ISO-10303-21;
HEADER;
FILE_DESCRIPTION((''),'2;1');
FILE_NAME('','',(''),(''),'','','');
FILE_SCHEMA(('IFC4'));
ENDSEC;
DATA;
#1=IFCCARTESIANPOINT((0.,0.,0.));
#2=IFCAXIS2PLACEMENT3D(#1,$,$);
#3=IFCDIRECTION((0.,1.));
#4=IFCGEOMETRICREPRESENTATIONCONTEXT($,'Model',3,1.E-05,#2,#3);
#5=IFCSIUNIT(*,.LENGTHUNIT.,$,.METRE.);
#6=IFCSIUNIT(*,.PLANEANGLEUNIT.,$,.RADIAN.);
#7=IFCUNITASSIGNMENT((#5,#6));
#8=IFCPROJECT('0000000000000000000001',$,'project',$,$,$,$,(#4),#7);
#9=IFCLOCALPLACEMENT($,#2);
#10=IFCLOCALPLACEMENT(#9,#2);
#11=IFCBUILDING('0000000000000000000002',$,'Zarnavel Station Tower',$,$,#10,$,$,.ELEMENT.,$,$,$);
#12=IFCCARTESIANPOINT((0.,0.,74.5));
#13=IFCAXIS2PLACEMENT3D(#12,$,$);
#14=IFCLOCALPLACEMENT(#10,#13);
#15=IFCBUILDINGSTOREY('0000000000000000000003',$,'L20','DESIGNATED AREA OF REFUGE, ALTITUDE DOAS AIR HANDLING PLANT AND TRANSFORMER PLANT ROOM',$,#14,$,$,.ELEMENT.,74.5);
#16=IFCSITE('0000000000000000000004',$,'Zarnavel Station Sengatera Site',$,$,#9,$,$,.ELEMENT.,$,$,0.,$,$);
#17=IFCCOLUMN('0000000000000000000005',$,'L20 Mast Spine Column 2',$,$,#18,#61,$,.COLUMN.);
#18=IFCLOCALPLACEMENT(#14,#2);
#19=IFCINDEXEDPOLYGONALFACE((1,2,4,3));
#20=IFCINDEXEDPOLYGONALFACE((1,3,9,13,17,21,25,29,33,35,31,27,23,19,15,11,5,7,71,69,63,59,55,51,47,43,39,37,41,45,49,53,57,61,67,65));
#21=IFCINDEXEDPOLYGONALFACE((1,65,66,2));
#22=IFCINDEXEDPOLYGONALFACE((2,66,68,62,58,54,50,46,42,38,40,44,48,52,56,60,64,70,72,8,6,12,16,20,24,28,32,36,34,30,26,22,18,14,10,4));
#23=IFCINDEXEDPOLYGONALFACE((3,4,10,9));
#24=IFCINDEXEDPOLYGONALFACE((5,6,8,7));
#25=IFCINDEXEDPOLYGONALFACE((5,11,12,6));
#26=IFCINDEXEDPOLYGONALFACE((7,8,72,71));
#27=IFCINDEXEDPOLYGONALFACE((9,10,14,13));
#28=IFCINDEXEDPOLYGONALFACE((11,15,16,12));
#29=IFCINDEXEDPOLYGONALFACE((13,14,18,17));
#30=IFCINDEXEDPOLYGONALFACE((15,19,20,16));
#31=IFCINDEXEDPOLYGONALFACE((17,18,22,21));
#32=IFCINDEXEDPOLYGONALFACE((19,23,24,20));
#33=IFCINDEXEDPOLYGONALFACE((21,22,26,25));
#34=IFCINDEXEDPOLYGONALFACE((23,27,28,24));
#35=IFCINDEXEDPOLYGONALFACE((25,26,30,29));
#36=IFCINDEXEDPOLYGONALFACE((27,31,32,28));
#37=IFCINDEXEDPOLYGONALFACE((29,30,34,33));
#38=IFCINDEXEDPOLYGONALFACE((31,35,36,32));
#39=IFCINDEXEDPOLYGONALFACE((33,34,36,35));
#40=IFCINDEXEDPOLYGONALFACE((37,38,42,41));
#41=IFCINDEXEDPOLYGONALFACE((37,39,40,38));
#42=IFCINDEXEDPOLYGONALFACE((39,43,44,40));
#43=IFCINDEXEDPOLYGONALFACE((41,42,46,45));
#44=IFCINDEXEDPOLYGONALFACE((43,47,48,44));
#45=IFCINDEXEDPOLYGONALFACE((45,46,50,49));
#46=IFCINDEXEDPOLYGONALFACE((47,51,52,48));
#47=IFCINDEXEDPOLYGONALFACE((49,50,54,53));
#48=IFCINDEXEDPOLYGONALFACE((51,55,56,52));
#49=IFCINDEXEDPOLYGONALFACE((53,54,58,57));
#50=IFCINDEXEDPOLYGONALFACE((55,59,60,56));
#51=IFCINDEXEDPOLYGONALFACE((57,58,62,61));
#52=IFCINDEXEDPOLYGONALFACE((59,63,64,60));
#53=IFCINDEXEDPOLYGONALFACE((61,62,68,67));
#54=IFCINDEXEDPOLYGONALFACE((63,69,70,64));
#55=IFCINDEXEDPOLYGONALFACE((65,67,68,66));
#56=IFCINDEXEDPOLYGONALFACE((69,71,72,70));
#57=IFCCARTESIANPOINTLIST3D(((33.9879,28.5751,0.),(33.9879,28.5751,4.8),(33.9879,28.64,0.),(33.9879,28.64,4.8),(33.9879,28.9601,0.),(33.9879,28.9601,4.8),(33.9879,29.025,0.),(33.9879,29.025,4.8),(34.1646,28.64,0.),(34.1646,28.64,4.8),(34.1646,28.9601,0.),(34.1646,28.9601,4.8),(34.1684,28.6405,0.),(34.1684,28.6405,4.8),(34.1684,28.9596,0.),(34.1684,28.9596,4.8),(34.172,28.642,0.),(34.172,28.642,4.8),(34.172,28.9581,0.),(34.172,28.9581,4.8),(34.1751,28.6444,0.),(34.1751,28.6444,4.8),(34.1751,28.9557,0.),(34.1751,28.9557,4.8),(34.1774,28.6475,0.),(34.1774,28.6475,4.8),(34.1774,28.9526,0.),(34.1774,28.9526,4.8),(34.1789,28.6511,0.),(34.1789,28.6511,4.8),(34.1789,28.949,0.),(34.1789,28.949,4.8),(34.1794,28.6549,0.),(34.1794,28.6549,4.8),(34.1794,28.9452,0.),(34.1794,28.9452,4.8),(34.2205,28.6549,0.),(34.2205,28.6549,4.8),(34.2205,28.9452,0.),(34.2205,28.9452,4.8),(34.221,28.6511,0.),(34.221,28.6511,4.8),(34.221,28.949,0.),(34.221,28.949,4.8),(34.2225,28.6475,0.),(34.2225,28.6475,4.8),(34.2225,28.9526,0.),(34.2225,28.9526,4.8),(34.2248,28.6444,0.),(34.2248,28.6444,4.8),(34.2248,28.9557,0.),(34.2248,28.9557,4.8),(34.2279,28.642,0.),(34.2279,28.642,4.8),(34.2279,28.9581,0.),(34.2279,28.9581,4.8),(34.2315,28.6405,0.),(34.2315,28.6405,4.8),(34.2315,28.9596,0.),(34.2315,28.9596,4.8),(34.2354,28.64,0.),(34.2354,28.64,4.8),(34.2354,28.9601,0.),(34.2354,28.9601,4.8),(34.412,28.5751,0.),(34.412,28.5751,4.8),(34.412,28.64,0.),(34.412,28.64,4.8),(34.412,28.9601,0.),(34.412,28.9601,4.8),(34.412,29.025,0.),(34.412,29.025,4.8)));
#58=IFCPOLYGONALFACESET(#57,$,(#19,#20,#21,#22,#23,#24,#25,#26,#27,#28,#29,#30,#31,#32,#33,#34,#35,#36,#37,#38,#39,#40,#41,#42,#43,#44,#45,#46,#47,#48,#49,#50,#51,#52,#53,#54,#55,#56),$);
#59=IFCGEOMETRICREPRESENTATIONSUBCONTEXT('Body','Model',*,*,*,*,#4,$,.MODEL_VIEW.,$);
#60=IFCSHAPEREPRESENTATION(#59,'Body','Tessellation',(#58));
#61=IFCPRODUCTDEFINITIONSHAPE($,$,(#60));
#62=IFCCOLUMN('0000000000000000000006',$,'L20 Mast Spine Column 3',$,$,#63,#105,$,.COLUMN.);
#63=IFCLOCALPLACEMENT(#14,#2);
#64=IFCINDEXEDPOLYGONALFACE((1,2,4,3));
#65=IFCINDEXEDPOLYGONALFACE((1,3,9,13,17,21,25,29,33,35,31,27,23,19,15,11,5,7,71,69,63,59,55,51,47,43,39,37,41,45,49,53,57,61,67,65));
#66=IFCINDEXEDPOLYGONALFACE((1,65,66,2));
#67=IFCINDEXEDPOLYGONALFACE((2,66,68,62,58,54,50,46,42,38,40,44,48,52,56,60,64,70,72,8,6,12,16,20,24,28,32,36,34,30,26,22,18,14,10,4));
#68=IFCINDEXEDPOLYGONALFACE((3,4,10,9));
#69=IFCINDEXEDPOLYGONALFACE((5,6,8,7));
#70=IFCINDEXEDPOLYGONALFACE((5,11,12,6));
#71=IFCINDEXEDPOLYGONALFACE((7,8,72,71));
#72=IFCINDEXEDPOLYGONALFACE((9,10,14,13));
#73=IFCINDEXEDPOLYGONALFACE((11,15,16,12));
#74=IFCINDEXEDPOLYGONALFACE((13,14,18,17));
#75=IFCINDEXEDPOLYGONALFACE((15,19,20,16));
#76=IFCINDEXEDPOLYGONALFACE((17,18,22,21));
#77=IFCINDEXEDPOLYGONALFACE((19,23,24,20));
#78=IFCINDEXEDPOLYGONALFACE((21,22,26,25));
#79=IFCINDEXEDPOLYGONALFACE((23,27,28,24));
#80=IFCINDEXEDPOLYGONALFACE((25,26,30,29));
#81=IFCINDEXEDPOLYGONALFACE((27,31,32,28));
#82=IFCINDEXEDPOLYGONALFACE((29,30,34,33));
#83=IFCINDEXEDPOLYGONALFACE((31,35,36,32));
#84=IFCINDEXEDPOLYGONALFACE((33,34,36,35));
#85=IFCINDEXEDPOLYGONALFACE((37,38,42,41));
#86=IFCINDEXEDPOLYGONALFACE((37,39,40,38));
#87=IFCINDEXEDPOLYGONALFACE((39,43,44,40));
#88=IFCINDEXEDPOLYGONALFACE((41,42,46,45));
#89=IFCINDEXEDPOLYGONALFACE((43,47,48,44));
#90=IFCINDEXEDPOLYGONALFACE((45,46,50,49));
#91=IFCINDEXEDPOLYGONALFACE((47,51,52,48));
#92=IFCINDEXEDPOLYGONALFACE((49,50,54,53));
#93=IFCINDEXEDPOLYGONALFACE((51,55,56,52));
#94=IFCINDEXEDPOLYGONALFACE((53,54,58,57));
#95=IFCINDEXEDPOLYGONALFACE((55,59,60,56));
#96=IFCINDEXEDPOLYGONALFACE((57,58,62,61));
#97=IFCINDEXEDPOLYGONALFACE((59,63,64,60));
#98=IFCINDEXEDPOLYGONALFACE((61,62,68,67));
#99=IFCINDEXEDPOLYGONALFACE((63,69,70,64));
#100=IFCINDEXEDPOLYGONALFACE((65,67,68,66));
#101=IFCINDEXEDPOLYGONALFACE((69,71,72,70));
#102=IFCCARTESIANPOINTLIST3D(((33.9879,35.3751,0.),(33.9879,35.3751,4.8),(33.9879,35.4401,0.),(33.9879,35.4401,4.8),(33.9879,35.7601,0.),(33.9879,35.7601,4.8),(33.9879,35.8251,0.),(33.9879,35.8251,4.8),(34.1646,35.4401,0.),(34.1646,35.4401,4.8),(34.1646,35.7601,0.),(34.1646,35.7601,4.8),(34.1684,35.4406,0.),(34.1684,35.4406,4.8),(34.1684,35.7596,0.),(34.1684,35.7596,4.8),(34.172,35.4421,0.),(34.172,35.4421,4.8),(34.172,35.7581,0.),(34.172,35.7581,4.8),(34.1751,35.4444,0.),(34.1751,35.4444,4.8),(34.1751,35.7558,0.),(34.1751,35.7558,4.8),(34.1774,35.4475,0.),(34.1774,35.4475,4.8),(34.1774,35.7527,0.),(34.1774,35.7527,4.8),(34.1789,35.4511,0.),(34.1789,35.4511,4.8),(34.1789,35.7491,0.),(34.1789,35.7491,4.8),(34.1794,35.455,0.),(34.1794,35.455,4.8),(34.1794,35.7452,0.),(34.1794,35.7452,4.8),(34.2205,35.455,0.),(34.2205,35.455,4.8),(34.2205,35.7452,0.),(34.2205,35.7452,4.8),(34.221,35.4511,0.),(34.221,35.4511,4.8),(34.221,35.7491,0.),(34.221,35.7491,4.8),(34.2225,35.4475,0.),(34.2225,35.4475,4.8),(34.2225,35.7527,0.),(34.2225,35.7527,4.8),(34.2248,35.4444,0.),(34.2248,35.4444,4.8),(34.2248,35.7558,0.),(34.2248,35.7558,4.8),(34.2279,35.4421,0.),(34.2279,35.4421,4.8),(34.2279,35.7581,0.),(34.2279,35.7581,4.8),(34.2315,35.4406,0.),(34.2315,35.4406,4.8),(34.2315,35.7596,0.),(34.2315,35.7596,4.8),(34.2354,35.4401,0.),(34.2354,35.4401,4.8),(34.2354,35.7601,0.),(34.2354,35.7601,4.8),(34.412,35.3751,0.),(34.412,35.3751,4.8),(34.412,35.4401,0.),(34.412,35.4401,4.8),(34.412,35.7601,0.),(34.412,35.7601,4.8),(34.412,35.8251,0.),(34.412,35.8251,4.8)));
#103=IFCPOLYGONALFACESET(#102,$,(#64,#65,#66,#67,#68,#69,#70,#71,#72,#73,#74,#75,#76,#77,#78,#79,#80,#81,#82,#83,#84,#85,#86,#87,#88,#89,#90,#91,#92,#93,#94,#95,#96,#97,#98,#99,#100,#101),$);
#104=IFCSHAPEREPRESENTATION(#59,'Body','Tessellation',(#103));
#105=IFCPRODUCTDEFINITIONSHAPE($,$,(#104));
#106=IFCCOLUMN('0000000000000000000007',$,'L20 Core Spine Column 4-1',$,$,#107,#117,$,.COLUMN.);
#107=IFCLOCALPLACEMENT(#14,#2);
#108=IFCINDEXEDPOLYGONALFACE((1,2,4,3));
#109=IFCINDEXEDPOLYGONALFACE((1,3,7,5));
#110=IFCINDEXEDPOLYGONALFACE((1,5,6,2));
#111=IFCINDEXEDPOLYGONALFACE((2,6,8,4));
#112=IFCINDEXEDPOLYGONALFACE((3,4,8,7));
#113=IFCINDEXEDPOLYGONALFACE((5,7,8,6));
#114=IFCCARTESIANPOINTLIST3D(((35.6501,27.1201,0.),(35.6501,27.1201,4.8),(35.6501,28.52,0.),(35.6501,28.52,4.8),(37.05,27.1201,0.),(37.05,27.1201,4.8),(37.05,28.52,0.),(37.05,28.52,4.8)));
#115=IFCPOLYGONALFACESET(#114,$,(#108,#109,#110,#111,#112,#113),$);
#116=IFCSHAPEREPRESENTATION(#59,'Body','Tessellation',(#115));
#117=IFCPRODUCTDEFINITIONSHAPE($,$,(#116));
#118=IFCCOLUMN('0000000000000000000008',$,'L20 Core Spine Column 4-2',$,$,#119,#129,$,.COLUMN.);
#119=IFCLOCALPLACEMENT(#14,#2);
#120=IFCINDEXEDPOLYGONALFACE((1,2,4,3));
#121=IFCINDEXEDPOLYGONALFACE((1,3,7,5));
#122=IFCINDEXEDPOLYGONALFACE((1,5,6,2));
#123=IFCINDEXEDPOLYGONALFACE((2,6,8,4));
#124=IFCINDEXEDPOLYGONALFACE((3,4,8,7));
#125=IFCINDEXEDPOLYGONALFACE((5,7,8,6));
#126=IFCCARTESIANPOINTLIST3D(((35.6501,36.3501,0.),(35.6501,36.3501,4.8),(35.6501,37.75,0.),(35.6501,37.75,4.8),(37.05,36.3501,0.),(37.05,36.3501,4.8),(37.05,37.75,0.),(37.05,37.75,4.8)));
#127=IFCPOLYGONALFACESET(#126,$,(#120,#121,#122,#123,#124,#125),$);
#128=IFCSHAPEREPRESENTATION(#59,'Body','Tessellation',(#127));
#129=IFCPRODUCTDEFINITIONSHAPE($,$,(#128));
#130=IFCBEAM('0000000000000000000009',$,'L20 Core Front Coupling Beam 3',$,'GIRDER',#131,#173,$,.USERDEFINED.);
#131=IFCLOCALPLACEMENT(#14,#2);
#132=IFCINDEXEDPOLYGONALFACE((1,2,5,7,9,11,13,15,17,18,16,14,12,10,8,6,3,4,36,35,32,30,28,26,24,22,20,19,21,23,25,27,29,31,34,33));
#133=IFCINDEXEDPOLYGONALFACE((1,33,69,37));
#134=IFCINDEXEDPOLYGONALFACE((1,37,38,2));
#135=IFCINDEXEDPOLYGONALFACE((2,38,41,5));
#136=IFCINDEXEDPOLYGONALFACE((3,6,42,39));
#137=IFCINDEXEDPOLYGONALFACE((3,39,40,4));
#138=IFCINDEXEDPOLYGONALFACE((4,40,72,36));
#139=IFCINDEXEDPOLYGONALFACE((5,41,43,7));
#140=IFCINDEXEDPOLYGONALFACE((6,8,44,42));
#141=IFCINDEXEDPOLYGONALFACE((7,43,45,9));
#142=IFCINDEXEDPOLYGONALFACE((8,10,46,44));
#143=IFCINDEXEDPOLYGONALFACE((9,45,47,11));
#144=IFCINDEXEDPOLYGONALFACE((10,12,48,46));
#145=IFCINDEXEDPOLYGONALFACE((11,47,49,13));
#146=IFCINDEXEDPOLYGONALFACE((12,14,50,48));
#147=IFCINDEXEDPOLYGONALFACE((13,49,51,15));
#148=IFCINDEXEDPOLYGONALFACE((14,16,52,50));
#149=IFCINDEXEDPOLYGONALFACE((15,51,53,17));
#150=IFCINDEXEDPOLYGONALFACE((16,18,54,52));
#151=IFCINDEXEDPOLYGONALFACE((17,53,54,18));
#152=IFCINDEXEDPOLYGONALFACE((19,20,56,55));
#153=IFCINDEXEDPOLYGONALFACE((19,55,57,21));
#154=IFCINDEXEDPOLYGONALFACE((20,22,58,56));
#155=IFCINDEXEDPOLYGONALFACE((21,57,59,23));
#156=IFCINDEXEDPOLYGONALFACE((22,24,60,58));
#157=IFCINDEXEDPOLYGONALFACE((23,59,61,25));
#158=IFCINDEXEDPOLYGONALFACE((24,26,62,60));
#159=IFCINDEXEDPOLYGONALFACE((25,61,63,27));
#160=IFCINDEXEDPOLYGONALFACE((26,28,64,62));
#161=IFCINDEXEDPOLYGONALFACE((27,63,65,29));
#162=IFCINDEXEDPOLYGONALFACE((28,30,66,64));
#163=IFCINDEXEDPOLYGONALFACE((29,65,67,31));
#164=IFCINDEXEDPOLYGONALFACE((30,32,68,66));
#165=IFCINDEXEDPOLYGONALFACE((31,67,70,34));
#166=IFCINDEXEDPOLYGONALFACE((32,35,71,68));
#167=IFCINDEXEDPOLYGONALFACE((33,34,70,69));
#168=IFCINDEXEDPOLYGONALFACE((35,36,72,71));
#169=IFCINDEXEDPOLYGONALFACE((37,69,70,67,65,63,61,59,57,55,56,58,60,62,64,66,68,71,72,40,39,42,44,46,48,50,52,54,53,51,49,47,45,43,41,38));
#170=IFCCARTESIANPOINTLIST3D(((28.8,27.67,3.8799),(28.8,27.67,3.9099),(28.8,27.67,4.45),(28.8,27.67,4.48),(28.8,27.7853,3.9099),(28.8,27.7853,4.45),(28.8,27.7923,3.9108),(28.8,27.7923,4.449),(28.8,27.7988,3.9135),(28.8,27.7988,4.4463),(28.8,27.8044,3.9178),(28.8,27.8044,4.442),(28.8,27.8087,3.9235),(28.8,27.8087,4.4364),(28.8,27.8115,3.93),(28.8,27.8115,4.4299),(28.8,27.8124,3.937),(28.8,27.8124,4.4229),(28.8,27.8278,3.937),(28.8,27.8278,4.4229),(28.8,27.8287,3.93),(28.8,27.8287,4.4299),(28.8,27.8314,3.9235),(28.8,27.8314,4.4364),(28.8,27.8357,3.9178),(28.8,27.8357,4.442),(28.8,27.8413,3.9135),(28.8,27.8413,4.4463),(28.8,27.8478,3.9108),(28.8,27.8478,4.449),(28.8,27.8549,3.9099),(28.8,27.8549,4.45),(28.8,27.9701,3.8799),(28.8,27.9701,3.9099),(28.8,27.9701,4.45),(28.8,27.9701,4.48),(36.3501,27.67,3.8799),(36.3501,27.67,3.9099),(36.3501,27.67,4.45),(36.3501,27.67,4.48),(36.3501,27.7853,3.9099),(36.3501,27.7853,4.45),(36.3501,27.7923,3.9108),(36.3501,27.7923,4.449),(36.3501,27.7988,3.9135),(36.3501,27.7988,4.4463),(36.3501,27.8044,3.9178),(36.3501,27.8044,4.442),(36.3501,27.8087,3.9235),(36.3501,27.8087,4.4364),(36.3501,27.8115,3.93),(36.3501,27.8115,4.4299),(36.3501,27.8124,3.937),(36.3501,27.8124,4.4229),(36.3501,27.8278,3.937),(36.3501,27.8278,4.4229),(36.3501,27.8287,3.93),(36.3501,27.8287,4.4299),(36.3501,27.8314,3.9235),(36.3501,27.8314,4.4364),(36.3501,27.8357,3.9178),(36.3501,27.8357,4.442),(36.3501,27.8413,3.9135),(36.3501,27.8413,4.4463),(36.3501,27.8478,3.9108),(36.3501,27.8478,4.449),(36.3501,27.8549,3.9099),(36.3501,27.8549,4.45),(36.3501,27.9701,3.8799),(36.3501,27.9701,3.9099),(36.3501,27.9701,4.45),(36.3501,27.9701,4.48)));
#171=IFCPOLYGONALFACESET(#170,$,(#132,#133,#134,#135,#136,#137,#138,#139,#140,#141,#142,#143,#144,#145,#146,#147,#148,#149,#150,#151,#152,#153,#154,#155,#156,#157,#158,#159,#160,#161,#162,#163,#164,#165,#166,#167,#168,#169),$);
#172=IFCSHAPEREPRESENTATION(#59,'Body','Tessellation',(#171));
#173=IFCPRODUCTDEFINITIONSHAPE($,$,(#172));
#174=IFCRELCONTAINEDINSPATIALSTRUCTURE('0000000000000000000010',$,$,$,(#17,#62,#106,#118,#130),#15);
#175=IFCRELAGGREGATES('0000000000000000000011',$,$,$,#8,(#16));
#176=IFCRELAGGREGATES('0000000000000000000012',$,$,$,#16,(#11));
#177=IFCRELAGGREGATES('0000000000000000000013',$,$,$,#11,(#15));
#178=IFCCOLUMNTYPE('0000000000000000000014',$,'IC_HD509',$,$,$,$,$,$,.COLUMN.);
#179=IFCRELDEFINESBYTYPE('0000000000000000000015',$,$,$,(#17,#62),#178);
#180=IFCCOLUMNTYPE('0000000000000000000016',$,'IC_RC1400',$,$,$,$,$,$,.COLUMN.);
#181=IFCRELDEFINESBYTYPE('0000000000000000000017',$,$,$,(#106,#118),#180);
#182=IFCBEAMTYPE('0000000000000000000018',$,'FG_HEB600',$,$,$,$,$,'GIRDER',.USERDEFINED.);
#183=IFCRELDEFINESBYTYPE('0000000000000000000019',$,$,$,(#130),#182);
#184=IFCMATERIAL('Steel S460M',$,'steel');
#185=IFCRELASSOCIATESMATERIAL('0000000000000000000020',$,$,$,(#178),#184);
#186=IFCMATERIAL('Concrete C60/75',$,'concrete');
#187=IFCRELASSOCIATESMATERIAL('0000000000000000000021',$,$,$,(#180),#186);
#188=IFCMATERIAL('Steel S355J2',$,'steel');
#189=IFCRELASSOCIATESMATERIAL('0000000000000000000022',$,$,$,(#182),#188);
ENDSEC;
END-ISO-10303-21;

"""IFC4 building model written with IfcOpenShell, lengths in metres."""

from ifc_helpers import new_model, si_unit, direction, frame, origin, origin_2d, place, context, subcontext, project, spatial, rectangle, i_section, extrude, material, material_profile, profile_set, type_object, element, save


model = new_model("IFC4")

# Units and contexts
model_context = context("Model", 3, precision=1e-05, world=origin(), true_north=direction((0.0, 1.0)))
body_context = subcontext(model_context, "Body", "Model", "MODEL_VIEW")
ifc_project = project(units=[si_unit("LENGTHUNIT", "METRE"), si_unit("PLANEANGLEUNIT", "RADIAN")], contexts=[model_context])

# Site, building, storey
site_placement = place(None, origin())
site = spatial("IfcSite", under=ifc_project, at=site_placement, Name="Zarnavel Station Sengatera Site", CompositionType="ELEMENT", RefElevation=0.0)
building_placement = place(site_placement, origin())
building = spatial("IfcBuilding", under=site, at=building_placement, Name="Zarnavel Station Tower", CompositionType="ELEMENT")
storey_placement = place(building_placement, frame((0.0, 0.0, 74.5)))
storey = spatial("IfcBuildingStorey", under=building, at=storey_placement, Name="L20", Description="DESIGNATED AREA OF REFUGE, ALTITUDE DOAS AIR HANDLING PLANT AND TRANSFORMER PLANT ROOM", CompositionType="ELEMENT", Elevation=74.5)

# Columns
ifc_material_1 = material(Name="Steel S460M", Category="steel")
ifc_material_profile_1 = material_profile(ifc_material_1, i_section(OverallWidth=0.4241, OverallDepth=0.45, WebThickness=0.041, FlangeThickness=0.0649, FilletRadius=0.0149, at=origin_2d()), Name="HD400x509")
ifc_profile_set_1 = profile_set([ifc_material_profile_1], Name="Steel S460M")
column_type_1 = type_object("IfcColumnType", Name="IC_HD509", PredefinedType="COLUMN", material=ifc_profile_set_1)
for number, where, z_axis, x_axis, name in (
    (1, (34.2, 28.8, 0.0), (0.0, 0.0, 1.0), (1.0, 0.0, 0.0), "L20 Mast Spine Column 2"),
    (2, (34.2, 35.6001, 0.0), (0.0, 0.0, 1.0), (1.0, 0.0, 0.0), "L20 Mast Spine Column 3"),
):
    element("IfcColumn", number, at=place(storey_placement, frame(where, z_axis=z_axis, x_axis=x_axis)), inside=storey, type_object=column_type_1, Name=name, PredefinedType="COLUMN", context=body_context, shape_type="SweptSolid", body=[
        extrude(i_section(OverallWidth=0.4241, OverallDepth=0.45, WebThickness=0.041, FlangeThickness=0.0649, FilletRadius=0.0149, at=origin_2d()), origin(), (0.0, 0.0, 1.0), 4.8),
    ])
ifc_material_2 = material(Name="Concrete C60/75", Category="concrete")
ifc_material_profile_2 = material_profile(ifc_material_2, rectangle(XDim=1.3999, YDim=1.3999, at=origin_2d()), Name="RC1400x1400")
ifc_profile_set_2 = profile_set([ifc_material_profile_2], Name="Concrete C60/75")
column_type_2 = type_object("IfcColumnType", Name="IC_RC1400", PredefinedType="COLUMN", material=ifc_profile_set_2)
for number, where, z_axis, x_axis, name in (
    (3, (36.3501, 27.8201, 0.0), (0.0, 0.0, 1.0), (1.0, 0.0, 0.0), "L20 Core Spine Column 4-1"),
    (4, (36.3501, 37.05, 0.0), (0.0, 0.0, 1.0), (1.0, 0.0, 0.0), "L20 Core Spine Column 4-2"),
):
    element("IfcColumn", number, at=place(storey_placement, frame(where, z_axis=z_axis, x_axis=x_axis)), inside=storey, type_object=column_type_2, Name=name, PredefinedType="COLUMN", context=body_context, shape_type="SweptSolid", body=[
        extrude(rectangle(XDim=1.3999, YDim=1.3999, at=origin_2d()), origin(), (0.0, 0.0, 1.0), 4.8),
    ])

# Beam
ifc_material_3 = material(Name="Steel S355J2", Category="steel")
ifc_material_profile_3 = material_profile(ifc_material_3, i_section(OverallWidth=0.3, OverallDepth=0.6001, WebThickness=0.0154, FlangeThickness=0.03, FilletRadius=0.0271, at=origin_2d()), Name="HEB600")
ifc_profile_set_3 = profile_set([ifc_material_profile_3], Name="Steel S355J2")
beam_type_1 = type_object("IfcBeamType", Name="FG_HEB600", ElementType="GIRDER", PredefinedType="USERDEFINED", material=ifc_profile_set_3)
beam_1_placement = place(storey_placement, frame((28.8, 27.8201, 4.1799), z_axis=(1.0, 0.0, 0.0), x_axis=(0.0, 1.0, 0.0)))
element("IfcBeam", 5, at=beam_1_placement, inside=storey, type_object=beam_type_1, Name="L20 Core Front Coupling Beam 3", ObjectType="GIRDER", PredefinedType="USERDEFINED", context=body_context, shape_type="SweptSolid", body=[
    extrude(i_section(OverallWidth=0.3, OverallDepth=0.6001, WebThickness=0.0154, FlangeThickness=0.03, FilletRadius=0.0271, at=origin_2d()), origin(), (0.0, 0.0, 1.0), 7.55),
])

save(model, "model.ifc")
